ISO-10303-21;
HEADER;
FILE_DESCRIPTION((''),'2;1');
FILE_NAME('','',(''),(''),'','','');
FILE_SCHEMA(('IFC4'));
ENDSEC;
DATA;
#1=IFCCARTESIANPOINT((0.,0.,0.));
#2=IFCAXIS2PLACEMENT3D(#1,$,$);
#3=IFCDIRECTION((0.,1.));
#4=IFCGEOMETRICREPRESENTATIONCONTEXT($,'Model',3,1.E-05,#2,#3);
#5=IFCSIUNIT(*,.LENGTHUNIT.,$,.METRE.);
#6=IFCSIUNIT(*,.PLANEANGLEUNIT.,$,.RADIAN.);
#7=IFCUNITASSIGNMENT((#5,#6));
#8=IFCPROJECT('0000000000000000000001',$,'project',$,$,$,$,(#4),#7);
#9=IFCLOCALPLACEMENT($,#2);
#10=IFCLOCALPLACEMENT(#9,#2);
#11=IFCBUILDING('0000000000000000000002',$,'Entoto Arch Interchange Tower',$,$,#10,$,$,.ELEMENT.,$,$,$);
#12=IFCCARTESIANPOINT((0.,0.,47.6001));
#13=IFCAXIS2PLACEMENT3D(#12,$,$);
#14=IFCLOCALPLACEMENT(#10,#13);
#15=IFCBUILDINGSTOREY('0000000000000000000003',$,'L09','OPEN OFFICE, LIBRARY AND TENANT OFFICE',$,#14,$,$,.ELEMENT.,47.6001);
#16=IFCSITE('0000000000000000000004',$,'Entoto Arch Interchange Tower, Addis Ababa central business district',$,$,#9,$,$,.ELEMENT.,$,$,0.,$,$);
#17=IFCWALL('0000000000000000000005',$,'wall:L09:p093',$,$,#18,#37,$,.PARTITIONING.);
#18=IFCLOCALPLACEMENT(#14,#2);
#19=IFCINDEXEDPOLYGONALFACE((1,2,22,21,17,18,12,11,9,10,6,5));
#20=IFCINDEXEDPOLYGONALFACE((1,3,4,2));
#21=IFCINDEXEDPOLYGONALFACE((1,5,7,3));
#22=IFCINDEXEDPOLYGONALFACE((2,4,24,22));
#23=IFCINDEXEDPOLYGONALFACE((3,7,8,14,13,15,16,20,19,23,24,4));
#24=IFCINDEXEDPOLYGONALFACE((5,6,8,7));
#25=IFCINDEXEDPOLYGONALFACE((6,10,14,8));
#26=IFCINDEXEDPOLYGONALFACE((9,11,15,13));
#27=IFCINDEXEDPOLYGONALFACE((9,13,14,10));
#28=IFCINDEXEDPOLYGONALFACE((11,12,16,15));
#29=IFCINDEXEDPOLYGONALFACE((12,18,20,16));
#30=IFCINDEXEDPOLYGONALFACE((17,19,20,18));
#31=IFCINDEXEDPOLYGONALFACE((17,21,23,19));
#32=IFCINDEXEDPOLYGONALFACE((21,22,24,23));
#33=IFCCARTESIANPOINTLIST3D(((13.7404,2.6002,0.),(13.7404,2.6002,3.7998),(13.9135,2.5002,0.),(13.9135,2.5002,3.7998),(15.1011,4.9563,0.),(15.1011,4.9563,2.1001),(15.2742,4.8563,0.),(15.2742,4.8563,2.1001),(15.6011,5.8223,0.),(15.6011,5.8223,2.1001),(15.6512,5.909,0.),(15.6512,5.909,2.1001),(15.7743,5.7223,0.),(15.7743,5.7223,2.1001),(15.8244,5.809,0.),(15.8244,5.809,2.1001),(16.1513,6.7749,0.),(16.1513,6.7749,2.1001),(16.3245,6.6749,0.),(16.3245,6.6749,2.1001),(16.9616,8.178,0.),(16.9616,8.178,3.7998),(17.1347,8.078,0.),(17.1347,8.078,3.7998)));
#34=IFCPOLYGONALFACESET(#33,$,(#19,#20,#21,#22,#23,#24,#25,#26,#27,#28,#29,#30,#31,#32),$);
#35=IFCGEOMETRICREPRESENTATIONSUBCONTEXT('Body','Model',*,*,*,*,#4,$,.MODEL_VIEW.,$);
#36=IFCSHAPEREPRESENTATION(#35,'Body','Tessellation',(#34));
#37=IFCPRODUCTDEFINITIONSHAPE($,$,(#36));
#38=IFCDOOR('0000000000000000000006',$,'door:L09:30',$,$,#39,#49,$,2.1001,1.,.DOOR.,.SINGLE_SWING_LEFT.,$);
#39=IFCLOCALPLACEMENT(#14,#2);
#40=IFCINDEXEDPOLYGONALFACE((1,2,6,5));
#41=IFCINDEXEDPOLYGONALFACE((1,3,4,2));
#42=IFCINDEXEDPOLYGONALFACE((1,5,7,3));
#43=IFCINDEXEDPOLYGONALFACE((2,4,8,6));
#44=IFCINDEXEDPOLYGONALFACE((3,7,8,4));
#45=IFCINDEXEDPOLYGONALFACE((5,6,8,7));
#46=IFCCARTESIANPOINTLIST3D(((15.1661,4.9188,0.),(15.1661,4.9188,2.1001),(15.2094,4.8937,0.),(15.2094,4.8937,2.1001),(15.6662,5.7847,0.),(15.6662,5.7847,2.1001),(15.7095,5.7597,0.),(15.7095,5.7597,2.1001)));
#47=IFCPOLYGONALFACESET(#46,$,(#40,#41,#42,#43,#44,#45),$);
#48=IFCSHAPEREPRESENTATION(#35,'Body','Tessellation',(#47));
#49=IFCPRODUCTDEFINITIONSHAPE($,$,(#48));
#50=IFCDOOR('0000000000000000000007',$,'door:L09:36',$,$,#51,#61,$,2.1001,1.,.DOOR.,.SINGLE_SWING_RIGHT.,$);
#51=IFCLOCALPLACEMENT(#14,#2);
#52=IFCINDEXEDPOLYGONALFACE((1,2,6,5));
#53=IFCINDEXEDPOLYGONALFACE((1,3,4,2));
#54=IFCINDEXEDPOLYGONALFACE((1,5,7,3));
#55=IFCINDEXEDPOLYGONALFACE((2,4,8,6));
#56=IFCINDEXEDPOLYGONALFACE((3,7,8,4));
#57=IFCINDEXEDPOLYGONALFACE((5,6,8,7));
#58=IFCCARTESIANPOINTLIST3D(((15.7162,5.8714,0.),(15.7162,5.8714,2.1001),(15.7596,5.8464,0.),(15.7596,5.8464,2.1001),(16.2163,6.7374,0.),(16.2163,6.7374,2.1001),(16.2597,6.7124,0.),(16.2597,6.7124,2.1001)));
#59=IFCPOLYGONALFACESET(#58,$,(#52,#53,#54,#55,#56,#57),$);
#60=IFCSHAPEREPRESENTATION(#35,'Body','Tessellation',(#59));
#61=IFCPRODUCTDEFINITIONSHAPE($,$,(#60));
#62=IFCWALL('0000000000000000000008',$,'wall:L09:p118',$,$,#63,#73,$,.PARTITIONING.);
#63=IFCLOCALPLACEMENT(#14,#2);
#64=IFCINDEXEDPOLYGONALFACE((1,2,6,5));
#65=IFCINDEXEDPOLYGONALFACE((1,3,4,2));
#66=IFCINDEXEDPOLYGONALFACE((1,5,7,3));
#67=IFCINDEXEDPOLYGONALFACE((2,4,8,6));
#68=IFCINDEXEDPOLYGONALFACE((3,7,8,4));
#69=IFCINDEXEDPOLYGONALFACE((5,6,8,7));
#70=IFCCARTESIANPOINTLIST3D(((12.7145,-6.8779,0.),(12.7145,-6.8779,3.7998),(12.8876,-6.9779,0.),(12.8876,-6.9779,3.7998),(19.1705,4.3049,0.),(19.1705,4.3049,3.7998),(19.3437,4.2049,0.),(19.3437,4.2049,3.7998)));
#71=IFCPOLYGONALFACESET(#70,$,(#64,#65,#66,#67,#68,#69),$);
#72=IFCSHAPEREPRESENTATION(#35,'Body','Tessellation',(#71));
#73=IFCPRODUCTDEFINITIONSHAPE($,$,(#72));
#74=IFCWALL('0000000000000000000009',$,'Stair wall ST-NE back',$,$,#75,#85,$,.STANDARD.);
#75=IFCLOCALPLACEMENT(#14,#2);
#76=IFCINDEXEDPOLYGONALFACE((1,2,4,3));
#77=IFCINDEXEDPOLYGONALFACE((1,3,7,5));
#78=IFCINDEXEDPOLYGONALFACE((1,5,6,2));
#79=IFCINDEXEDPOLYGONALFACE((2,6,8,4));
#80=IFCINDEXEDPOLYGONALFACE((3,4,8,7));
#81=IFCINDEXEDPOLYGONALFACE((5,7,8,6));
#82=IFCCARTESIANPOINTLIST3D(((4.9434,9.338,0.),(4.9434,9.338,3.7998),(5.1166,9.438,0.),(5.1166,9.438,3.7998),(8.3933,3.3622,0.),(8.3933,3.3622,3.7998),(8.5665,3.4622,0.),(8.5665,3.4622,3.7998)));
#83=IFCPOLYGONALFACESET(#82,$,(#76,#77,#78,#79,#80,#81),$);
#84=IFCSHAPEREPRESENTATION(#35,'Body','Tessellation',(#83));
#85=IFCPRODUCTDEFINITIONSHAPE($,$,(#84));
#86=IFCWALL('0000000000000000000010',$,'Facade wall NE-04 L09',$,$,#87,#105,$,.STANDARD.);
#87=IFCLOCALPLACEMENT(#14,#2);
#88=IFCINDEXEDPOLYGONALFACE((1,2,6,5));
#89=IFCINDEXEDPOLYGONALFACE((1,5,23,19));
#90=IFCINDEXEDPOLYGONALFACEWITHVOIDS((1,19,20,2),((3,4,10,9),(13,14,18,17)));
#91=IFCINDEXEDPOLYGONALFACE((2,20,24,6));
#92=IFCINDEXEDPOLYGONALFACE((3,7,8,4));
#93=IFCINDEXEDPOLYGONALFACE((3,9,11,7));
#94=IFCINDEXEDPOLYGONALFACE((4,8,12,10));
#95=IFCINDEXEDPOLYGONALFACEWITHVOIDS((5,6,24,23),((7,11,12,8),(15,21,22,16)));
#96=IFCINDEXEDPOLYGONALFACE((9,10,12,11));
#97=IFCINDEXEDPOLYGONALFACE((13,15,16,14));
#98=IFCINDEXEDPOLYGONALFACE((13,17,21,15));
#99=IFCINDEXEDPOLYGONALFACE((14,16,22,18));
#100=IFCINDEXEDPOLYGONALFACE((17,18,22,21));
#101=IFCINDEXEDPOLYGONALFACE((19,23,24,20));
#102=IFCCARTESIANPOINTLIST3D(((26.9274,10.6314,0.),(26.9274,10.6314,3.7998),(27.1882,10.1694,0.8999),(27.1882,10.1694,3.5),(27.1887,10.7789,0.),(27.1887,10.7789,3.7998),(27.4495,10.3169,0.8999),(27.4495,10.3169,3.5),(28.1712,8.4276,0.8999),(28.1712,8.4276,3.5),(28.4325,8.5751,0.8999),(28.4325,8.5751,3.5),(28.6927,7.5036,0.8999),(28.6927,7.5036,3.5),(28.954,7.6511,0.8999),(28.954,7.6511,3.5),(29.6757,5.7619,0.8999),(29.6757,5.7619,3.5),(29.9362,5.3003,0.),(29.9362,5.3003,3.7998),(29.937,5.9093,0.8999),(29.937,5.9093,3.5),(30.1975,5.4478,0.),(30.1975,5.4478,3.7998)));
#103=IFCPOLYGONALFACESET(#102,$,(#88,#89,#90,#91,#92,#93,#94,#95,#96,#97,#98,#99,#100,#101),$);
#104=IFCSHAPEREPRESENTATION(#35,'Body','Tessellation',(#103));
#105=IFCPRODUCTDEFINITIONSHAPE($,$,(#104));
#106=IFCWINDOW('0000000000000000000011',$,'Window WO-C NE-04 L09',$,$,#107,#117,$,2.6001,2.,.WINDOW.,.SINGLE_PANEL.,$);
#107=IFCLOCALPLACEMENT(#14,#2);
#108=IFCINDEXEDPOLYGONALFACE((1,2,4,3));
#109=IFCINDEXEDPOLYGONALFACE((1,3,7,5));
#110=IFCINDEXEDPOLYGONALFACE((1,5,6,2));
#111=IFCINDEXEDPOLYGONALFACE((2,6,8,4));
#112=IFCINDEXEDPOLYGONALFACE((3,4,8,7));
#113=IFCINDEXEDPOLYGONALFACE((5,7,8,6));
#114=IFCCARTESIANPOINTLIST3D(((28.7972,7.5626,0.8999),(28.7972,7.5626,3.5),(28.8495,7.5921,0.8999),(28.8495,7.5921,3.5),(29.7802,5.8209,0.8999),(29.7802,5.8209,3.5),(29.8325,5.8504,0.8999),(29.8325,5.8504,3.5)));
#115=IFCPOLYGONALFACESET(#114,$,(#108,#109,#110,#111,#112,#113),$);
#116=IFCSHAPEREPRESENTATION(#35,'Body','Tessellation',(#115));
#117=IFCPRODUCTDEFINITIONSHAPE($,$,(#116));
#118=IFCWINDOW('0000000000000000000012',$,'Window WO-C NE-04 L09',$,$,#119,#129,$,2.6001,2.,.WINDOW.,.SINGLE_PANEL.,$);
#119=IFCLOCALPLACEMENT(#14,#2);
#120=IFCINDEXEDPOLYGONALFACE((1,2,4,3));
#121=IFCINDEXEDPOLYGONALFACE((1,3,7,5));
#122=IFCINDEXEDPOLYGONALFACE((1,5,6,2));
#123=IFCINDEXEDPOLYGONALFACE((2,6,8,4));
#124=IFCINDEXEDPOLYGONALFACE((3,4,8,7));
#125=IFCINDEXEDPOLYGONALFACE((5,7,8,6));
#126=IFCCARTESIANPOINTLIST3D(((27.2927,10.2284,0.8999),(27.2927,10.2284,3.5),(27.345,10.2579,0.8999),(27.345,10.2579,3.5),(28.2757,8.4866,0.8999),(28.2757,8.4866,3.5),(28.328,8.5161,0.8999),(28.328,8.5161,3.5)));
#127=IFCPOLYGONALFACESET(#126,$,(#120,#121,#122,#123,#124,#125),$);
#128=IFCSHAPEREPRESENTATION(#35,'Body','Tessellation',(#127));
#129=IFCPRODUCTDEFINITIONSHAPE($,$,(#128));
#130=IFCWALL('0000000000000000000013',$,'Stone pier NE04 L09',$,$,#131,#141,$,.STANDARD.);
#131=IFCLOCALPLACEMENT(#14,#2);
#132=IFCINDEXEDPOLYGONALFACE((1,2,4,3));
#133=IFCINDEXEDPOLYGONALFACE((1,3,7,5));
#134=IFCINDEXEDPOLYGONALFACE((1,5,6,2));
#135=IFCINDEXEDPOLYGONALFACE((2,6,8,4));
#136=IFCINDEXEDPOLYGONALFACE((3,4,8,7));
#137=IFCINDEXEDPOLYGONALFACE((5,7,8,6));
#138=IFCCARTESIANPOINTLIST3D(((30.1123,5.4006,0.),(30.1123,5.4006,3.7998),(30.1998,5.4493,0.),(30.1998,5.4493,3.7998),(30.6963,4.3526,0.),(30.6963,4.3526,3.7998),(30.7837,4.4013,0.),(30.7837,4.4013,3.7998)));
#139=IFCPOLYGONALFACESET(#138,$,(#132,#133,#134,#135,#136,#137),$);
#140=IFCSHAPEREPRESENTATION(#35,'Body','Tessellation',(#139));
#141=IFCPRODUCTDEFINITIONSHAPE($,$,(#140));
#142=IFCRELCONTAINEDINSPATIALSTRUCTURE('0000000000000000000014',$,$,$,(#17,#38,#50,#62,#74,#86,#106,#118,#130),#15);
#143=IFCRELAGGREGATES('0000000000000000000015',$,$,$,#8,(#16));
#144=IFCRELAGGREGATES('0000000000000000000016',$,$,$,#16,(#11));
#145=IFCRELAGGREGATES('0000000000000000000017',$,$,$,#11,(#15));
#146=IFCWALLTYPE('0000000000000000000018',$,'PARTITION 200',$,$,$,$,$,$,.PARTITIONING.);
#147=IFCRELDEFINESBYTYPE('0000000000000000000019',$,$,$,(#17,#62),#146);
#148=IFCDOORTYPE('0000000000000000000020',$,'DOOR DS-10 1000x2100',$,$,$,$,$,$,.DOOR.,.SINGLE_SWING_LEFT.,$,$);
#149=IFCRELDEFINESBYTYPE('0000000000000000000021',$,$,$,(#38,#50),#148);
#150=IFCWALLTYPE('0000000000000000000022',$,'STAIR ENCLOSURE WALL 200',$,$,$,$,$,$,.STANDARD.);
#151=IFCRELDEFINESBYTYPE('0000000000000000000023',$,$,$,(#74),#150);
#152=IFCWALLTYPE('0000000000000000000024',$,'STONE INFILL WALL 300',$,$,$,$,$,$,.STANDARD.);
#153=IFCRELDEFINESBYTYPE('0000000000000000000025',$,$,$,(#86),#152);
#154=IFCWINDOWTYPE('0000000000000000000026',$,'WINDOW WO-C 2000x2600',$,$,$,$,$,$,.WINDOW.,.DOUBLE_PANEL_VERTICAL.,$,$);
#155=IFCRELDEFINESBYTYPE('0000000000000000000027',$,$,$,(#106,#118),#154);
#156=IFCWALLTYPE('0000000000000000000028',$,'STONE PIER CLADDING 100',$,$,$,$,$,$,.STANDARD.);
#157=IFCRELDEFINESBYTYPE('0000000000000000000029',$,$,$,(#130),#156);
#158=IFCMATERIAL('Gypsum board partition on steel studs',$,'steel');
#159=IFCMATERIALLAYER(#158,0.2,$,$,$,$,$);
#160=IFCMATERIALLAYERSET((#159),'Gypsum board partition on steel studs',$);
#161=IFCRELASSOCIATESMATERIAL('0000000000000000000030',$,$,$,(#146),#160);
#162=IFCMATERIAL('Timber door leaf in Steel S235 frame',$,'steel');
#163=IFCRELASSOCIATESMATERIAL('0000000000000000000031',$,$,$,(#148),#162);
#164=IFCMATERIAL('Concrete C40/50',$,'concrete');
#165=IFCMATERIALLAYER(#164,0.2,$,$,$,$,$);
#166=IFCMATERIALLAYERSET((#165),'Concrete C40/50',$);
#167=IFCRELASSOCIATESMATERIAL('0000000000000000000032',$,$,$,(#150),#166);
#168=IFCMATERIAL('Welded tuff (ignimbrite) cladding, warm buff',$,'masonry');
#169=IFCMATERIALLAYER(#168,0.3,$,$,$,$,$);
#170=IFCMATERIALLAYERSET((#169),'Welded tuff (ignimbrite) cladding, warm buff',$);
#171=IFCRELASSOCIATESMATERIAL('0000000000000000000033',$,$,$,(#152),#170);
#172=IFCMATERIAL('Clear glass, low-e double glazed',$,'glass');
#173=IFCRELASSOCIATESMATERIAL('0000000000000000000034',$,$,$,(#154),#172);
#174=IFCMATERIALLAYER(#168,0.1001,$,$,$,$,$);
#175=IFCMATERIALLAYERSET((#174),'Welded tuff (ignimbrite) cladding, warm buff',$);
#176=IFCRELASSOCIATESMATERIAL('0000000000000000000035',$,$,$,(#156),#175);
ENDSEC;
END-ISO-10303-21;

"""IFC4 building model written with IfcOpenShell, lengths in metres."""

from ifc_helpers import new_model, si_unit, direction, frame, frame_2d, origin, place, context, subcontext, project, spatial, rectangle, extrude, material, layer, layer_set, type_object, element, fill, save


model = new_model("IFC4")

# Units and contexts
model_context = context("Model", 3, precision=1e-05, world=origin(), true_north=direction((0.0, 1.0)))
body_context = subcontext(model_context, "Body", "Model", "MODEL_VIEW")
ifc_project = project(units=[si_unit("LENGTHUNIT", "METRE"), si_unit("PLANEANGLEUNIT", "RADIAN")], contexts=[model_context])

# Site, building, storey
site_placement = place(None, origin())
site = spatial("IfcSite", under=ifc_project, at=site_placement, Name="Entoto Arch Interchange Tower, Addis Ababa central business district", CompositionType="ELEMENT", RefElevation=0.0)
building_placement = place(site_placement, origin())
building = spatial("IfcBuilding", under=site, at=building_placement, Name="Entoto Arch Interchange Tower", CompositionType="ELEMENT")
storey_placement = place(building_placement, frame((0.0, 0.0, 47.6001)))
storey = spatial("IfcBuildingStorey", under=building, at=storey_placement, Name="L09", Description="OPEN OFFICE, LIBRARY AND TENANT OFFICE", CompositionType="ELEMENT", Elevation=47.6001)

# Shared definitions
ifc_material_1 = material(Name="Concrete C40/50", Category="concrete")
ifc_material_2 = material(Name="Gypsum board partition on steel studs", Category="steel")
ifc_layer_1 = layer(ifc_material_2, 0.2)
ifc_layer_set_1 = layer_set([ifc_layer_1], Name="Gypsum board partition on steel studs")
wall_type_1 = type_object("IfcWallType", Name="PARTITION 200", PredefinedType="PARTITIONING", material=ifc_layer_set_1)

# Shared definitions
ifc_material_3 = material(Name="Timber door leaf in Steel S235 frame", Category="steel")
door_type = type_object("IfcDoorType", Name="DOOR DS-10 1000x2100", OperationType="SINGLE_SWING_LEFT", PredefinedType="DOOR", material=ifc_material_3)

# Wall, openings, doors
wall_1_placement = place(storey_placement, frame((13.8269, 2.55, 0.0), z_axis=(0.0, 0.0, 1.0), x_axis=(0.500093, 0.865972, 0.0)))
wall_1 = element("IfcWall", 1, at=wall_1_placement, inside=storey, type_object=wall_type_1, Name="wall:L09:p093", PredefinedType="PARTITIONING", context=body_context, shape_type="SweptSolid", body=[
    extrude(rectangle(XDim=6.4412, YDim=0.2, at=frame_2d((3.2207, 0.0))), origin(), (0.0, 0.0, 1.0), 3.7998),
])
opening_1_placement = place(wall_1_placement, frame((2.7209, 0.0, 0.0)))
opening_1 = element("IfcOpeningElement", 2, at=opening_1_placement, cuts=wall_1, PredefinedType="OPENING", context=body_context, shape_type="SweptSolid", body=[
    extrude(rectangle(XDim=1.0, YDim=2.1001, at=frame_2d((0.5, 1.05))), frame((0.0, 0.1099, 0.0), z_axis=(0.0, -1.0, 0.0), x_axis=(1.0, 0.0, 0.0)), (0.0, 0.0, 1.0), 0.22),
])
opening_2_placement = place(wall_1_placement, frame((3.821, 0.0, 0.0)))
opening_2 = element("IfcOpeningElement", 3, at=opening_2_placement, cuts=wall_1, PredefinedType="OPENING", context=body_context, shape_type="SweptSolid", body=[
    extrude(rectangle(XDim=1.0, YDim=2.1001, at=frame_2d((0.5, 1.05))), frame((0.0, 0.1099, 0.0), z_axis=(0.0, -1.0, 0.0), x_axis=(1.0, 0.0, 0.0)), (0.0, 0.0, 1.0), 0.22),
])
door_1_placement = place(opening_1_placement, origin())
door_1 = element("IfcDoor", 4, at=door_1_placement, inside=storey, type_object=door_type, Name="door:L09:30", OperationType="SINGLE_SWING_LEFT", OverallHeight=2.1001, OverallWidth=1.0, PredefinedType="DOOR", context=body_context, shape_type="SweptSolid", body=[
    extrude(rectangle(XDim=1.0, YDim=2.1001, at=frame_2d((0.5, 1.05))), frame((0.0, 0.0249, 0.0), z_axis=(0.0, -1.0, 0.0), x_axis=(1.0, 0.0, 0.0)), (0.0, 0.0, 1.0), 0.05),
])
fill(opening_1, door_1)
door_2_placement = place(opening_2_placement, origin())
door_2 = element("IfcDoor", 5, at=door_2_placement, inside=storey, type_object=door_type, Name="door:L09:36", OperationType="SINGLE_SWING_RIGHT", OverallHeight=2.1001, OverallWidth=1.0, PredefinedType="DOOR", context=body_context, shape_type="SweptSolid", body=[
    extrude(rectangle(XDim=1.0, YDim=2.1001, at=frame_2d((0.5, 1.05))), frame((0.0, 0.0249, 0.0), z_axis=(0.0, -1.0, 0.0), x_axis=(1.0, 0.0, 0.0)), (0.0, 0.0, 1.0), 0.05),
])
fill(opening_2, door_2)

# Walls
wall_2_placement = place(storey_placement, frame((19.2571, 4.2549, 0.0), z_axis=(0.0, 0.0, 1.0), x_axis=(-0.499978, -0.866038, 0.0)))
element("IfcWall", 6, at=wall_2_placement, inside=storey, type_object=wall_type_1, Name="wall:L09:p118", PredefinedType="PARTITIONING", context=body_context, shape_type="SweptSolid", body=[
    extrude(rectangle(XDim=12.9126, YDim=0.2, at=frame_2d((6.4563, 0.0))), origin(), (0.0, 0.0, 1.0), 3.7998),
])
ifc_layer_2 = layer(ifc_material_1, 0.2)
ifc_layer_set_2 = layer_set([ifc_layer_2], Name="Concrete C40/50")
wall_type_2 = type_object("IfcWallType", Name="STAIR ENCLOSURE WALL 200", PredefinedType="STANDARD", material=ifc_layer_set_2)
wall_3_placement = place(storey_placement, frame((8.48, 3.4121, 0.0), z_axis=(0.0, 0.0, 1.0), x_axis=(-0.499979, 0.866038, 0.0)))
element("IfcWall", 7, at=wall_3_placement, inside=storey, type_object=wall_type_2, Name="Stair wall ST-NE back", PredefinedType="STANDARD", context=body_context, shape_type="SweptSolid", body=[
    extrude(rectangle(XDim=6.9001, YDim=0.2, at=frame_2d((3.4502, 0.0))), origin(), (0.0, 0.0, 1.0), 3.7998),
])

# Wall, openings, windows
ifc_material_4 = material(Name="Welded tuff (ignimbrite) cladding, warm buff", Category="masonry")
ifc_layer_3 = layer(ifc_material_4, 0.3)
ifc_layer_set_3 = layer_set([ifc_layer_3], Name="Welded tuff (ignimbrite) cladding, warm buff")
wall_type_3 = type_object("IfcWallType", Name="STONE INFILL WALL 300", PredefinedType="STANDARD", material=ifc_layer_set_3)
wall_4_placement = place(storey_placement, frame((30.0669, 5.374, 0.0), z_axis=(0.0, 0.0, 1.0), x_axis=(-0.49151, 0.870872, 0.0)))
wall_4 = element("IfcWall", 8, at=wall_4_placement, inside=storey, type_object=wall_type_3, Name="Facade wall NE-04 L09", PredefinedType="STANDARD", context=body_context, shape_type="SweptSolid", body=[
    extrude(rectangle(XDim=6.1216, YDim=0.3, at=frame_2d((3.0608, 0.0))), origin(), (0.0, 0.0, 1.0), 3.7998),
])
opening_3_placement = place(wall_4_placement, frame((0.53, 0.0, 0.8999)))
opening_3 = element("IfcOpeningElement", 9, at=opening_3_placement, cuts=wall_4, PredefinedType="OPENING", context=body_context, shape_type="SweptSolid", body=[
    extrude(rectangle(XDim=2.0, YDim=2.6001, at=frame_2d((1.0, 1.3))), frame((0.0, 0.1602, 0.0), z_axis=(0.0, -1.0, 0.0), x_axis=(1.0, 0.0, 0.0)), (0.0, 0.0, 1.0), 0.3201),
])
opening_4_placement = place(wall_4_placement, frame((3.5911, 0.0, 0.8999)))
opening_4 = element("IfcOpeningElement", 10, at=opening_4_placement, cuts=wall_4, PredefinedType="OPENING", context=body_context, shape_type="SweptSolid", body=[
    extrude(rectangle(XDim=2.0, YDim=2.6001, at=frame_2d((1.0, 1.3))), frame((0.0, 0.1602, 0.0), z_axis=(0.0, -1.0, 0.0), x_axis=(1.0, 0.0, 0.0)), (0.0, 0.0, 1.0), 0.3201),
])
ifc_material_5 = material(Name="Clear glass, low-e double glazed", Category="glass")
window_type = type_object("IfcWindowType", Name="WINDOW WO-C 2000x2600", PartitioningType="DOUBLE_PANEL_VERTICAL", PredefinedType="WINDOW", material=ifc_material_5)
window_1_placement = place(opening_3_placement, origin())
window_1 = element("IfcWindow", 11, at=window_1_placement, inside=storey, type_object=window_type, Name="Window WO-C NE-04 L09", OverallHeight=2.6001, OverallWidth=2.0, PartitioningType="SINGLE_PANEL", PredefinedType="WINDOW", context=body_context, shape_type="SweptSolid", body=[
    extrude(rectangle(XDim=2.0, YDim=2.6001, at=frame_2d((1.0, 1.3))), frame((0.0, 0.03, 0.0), z_axis=(0.0, -1.0, 0.0), x_axis=(1.0, 0.0, 0.0)), (0.0, 0.0, 1.0), 0.0601),
])
fill(opening_3, window_1)
window_2_placement = place(opening_4_placement, origin())
window_2 = element("IfcWindow", 12, at=window_2_placement, inside=storey, type_object=window_type, Name="Window WO-C NE-04 L09", OverallHeight=2.6001, OverallWidth=2.0, PartitioningType="SINGLE_PANEL", PredefinedType="WINDOW", context=body_context, shape_type="SweptSolid", body=[
    extrude(rectangle(XDim=2.0, YDim=2.6001, at=frame_2d((1.0, 1.3))), frame((0.0, 0.03, 0.0), z_axis=(0.0, -1.0, 0.0), x_axis=(1.0, 0.0, 0.0)), (0.0, 0.0, 1.0), 0.0601),
])
fill(opening_4, window_2)

# Wall
ifc_layer_4 = layer(ifc_material_4, 0.1001)
ifc_layer_set_4 = layer_set([ifc_layer_4], Name="Welded tuff (ignimbrite) cladding, warm buff")
wall_type_4 = type_object("IfcWallType", Name="STONE PIER CLADDING 100", PredefinedType="STANDARD", material=ifc_layer_set_4)
wall_5_placement = place(storey_placement, frame((30.74, 4.377, 0.0), z_axis=(0.0, 0.0, 1.0), x_axis=(-0.486731, 0.873552, 0.0)))
element("IfcWall", 13, at=wall_5_placement, inside=storey, type_object=wall_type_4, Name="Stone pier NE04 L09", PredefinedType="STANDARD", context=body_context, shape_type="SweptSolid", body=[
    extrude(rectangle(XDim=1.1997, YDim=0.1001, at=frame_2d((0.5999, 0.0))), origin(), (0.0, 0.0, 1.0), 3.7998),
])

save(model, "model.ifc")
